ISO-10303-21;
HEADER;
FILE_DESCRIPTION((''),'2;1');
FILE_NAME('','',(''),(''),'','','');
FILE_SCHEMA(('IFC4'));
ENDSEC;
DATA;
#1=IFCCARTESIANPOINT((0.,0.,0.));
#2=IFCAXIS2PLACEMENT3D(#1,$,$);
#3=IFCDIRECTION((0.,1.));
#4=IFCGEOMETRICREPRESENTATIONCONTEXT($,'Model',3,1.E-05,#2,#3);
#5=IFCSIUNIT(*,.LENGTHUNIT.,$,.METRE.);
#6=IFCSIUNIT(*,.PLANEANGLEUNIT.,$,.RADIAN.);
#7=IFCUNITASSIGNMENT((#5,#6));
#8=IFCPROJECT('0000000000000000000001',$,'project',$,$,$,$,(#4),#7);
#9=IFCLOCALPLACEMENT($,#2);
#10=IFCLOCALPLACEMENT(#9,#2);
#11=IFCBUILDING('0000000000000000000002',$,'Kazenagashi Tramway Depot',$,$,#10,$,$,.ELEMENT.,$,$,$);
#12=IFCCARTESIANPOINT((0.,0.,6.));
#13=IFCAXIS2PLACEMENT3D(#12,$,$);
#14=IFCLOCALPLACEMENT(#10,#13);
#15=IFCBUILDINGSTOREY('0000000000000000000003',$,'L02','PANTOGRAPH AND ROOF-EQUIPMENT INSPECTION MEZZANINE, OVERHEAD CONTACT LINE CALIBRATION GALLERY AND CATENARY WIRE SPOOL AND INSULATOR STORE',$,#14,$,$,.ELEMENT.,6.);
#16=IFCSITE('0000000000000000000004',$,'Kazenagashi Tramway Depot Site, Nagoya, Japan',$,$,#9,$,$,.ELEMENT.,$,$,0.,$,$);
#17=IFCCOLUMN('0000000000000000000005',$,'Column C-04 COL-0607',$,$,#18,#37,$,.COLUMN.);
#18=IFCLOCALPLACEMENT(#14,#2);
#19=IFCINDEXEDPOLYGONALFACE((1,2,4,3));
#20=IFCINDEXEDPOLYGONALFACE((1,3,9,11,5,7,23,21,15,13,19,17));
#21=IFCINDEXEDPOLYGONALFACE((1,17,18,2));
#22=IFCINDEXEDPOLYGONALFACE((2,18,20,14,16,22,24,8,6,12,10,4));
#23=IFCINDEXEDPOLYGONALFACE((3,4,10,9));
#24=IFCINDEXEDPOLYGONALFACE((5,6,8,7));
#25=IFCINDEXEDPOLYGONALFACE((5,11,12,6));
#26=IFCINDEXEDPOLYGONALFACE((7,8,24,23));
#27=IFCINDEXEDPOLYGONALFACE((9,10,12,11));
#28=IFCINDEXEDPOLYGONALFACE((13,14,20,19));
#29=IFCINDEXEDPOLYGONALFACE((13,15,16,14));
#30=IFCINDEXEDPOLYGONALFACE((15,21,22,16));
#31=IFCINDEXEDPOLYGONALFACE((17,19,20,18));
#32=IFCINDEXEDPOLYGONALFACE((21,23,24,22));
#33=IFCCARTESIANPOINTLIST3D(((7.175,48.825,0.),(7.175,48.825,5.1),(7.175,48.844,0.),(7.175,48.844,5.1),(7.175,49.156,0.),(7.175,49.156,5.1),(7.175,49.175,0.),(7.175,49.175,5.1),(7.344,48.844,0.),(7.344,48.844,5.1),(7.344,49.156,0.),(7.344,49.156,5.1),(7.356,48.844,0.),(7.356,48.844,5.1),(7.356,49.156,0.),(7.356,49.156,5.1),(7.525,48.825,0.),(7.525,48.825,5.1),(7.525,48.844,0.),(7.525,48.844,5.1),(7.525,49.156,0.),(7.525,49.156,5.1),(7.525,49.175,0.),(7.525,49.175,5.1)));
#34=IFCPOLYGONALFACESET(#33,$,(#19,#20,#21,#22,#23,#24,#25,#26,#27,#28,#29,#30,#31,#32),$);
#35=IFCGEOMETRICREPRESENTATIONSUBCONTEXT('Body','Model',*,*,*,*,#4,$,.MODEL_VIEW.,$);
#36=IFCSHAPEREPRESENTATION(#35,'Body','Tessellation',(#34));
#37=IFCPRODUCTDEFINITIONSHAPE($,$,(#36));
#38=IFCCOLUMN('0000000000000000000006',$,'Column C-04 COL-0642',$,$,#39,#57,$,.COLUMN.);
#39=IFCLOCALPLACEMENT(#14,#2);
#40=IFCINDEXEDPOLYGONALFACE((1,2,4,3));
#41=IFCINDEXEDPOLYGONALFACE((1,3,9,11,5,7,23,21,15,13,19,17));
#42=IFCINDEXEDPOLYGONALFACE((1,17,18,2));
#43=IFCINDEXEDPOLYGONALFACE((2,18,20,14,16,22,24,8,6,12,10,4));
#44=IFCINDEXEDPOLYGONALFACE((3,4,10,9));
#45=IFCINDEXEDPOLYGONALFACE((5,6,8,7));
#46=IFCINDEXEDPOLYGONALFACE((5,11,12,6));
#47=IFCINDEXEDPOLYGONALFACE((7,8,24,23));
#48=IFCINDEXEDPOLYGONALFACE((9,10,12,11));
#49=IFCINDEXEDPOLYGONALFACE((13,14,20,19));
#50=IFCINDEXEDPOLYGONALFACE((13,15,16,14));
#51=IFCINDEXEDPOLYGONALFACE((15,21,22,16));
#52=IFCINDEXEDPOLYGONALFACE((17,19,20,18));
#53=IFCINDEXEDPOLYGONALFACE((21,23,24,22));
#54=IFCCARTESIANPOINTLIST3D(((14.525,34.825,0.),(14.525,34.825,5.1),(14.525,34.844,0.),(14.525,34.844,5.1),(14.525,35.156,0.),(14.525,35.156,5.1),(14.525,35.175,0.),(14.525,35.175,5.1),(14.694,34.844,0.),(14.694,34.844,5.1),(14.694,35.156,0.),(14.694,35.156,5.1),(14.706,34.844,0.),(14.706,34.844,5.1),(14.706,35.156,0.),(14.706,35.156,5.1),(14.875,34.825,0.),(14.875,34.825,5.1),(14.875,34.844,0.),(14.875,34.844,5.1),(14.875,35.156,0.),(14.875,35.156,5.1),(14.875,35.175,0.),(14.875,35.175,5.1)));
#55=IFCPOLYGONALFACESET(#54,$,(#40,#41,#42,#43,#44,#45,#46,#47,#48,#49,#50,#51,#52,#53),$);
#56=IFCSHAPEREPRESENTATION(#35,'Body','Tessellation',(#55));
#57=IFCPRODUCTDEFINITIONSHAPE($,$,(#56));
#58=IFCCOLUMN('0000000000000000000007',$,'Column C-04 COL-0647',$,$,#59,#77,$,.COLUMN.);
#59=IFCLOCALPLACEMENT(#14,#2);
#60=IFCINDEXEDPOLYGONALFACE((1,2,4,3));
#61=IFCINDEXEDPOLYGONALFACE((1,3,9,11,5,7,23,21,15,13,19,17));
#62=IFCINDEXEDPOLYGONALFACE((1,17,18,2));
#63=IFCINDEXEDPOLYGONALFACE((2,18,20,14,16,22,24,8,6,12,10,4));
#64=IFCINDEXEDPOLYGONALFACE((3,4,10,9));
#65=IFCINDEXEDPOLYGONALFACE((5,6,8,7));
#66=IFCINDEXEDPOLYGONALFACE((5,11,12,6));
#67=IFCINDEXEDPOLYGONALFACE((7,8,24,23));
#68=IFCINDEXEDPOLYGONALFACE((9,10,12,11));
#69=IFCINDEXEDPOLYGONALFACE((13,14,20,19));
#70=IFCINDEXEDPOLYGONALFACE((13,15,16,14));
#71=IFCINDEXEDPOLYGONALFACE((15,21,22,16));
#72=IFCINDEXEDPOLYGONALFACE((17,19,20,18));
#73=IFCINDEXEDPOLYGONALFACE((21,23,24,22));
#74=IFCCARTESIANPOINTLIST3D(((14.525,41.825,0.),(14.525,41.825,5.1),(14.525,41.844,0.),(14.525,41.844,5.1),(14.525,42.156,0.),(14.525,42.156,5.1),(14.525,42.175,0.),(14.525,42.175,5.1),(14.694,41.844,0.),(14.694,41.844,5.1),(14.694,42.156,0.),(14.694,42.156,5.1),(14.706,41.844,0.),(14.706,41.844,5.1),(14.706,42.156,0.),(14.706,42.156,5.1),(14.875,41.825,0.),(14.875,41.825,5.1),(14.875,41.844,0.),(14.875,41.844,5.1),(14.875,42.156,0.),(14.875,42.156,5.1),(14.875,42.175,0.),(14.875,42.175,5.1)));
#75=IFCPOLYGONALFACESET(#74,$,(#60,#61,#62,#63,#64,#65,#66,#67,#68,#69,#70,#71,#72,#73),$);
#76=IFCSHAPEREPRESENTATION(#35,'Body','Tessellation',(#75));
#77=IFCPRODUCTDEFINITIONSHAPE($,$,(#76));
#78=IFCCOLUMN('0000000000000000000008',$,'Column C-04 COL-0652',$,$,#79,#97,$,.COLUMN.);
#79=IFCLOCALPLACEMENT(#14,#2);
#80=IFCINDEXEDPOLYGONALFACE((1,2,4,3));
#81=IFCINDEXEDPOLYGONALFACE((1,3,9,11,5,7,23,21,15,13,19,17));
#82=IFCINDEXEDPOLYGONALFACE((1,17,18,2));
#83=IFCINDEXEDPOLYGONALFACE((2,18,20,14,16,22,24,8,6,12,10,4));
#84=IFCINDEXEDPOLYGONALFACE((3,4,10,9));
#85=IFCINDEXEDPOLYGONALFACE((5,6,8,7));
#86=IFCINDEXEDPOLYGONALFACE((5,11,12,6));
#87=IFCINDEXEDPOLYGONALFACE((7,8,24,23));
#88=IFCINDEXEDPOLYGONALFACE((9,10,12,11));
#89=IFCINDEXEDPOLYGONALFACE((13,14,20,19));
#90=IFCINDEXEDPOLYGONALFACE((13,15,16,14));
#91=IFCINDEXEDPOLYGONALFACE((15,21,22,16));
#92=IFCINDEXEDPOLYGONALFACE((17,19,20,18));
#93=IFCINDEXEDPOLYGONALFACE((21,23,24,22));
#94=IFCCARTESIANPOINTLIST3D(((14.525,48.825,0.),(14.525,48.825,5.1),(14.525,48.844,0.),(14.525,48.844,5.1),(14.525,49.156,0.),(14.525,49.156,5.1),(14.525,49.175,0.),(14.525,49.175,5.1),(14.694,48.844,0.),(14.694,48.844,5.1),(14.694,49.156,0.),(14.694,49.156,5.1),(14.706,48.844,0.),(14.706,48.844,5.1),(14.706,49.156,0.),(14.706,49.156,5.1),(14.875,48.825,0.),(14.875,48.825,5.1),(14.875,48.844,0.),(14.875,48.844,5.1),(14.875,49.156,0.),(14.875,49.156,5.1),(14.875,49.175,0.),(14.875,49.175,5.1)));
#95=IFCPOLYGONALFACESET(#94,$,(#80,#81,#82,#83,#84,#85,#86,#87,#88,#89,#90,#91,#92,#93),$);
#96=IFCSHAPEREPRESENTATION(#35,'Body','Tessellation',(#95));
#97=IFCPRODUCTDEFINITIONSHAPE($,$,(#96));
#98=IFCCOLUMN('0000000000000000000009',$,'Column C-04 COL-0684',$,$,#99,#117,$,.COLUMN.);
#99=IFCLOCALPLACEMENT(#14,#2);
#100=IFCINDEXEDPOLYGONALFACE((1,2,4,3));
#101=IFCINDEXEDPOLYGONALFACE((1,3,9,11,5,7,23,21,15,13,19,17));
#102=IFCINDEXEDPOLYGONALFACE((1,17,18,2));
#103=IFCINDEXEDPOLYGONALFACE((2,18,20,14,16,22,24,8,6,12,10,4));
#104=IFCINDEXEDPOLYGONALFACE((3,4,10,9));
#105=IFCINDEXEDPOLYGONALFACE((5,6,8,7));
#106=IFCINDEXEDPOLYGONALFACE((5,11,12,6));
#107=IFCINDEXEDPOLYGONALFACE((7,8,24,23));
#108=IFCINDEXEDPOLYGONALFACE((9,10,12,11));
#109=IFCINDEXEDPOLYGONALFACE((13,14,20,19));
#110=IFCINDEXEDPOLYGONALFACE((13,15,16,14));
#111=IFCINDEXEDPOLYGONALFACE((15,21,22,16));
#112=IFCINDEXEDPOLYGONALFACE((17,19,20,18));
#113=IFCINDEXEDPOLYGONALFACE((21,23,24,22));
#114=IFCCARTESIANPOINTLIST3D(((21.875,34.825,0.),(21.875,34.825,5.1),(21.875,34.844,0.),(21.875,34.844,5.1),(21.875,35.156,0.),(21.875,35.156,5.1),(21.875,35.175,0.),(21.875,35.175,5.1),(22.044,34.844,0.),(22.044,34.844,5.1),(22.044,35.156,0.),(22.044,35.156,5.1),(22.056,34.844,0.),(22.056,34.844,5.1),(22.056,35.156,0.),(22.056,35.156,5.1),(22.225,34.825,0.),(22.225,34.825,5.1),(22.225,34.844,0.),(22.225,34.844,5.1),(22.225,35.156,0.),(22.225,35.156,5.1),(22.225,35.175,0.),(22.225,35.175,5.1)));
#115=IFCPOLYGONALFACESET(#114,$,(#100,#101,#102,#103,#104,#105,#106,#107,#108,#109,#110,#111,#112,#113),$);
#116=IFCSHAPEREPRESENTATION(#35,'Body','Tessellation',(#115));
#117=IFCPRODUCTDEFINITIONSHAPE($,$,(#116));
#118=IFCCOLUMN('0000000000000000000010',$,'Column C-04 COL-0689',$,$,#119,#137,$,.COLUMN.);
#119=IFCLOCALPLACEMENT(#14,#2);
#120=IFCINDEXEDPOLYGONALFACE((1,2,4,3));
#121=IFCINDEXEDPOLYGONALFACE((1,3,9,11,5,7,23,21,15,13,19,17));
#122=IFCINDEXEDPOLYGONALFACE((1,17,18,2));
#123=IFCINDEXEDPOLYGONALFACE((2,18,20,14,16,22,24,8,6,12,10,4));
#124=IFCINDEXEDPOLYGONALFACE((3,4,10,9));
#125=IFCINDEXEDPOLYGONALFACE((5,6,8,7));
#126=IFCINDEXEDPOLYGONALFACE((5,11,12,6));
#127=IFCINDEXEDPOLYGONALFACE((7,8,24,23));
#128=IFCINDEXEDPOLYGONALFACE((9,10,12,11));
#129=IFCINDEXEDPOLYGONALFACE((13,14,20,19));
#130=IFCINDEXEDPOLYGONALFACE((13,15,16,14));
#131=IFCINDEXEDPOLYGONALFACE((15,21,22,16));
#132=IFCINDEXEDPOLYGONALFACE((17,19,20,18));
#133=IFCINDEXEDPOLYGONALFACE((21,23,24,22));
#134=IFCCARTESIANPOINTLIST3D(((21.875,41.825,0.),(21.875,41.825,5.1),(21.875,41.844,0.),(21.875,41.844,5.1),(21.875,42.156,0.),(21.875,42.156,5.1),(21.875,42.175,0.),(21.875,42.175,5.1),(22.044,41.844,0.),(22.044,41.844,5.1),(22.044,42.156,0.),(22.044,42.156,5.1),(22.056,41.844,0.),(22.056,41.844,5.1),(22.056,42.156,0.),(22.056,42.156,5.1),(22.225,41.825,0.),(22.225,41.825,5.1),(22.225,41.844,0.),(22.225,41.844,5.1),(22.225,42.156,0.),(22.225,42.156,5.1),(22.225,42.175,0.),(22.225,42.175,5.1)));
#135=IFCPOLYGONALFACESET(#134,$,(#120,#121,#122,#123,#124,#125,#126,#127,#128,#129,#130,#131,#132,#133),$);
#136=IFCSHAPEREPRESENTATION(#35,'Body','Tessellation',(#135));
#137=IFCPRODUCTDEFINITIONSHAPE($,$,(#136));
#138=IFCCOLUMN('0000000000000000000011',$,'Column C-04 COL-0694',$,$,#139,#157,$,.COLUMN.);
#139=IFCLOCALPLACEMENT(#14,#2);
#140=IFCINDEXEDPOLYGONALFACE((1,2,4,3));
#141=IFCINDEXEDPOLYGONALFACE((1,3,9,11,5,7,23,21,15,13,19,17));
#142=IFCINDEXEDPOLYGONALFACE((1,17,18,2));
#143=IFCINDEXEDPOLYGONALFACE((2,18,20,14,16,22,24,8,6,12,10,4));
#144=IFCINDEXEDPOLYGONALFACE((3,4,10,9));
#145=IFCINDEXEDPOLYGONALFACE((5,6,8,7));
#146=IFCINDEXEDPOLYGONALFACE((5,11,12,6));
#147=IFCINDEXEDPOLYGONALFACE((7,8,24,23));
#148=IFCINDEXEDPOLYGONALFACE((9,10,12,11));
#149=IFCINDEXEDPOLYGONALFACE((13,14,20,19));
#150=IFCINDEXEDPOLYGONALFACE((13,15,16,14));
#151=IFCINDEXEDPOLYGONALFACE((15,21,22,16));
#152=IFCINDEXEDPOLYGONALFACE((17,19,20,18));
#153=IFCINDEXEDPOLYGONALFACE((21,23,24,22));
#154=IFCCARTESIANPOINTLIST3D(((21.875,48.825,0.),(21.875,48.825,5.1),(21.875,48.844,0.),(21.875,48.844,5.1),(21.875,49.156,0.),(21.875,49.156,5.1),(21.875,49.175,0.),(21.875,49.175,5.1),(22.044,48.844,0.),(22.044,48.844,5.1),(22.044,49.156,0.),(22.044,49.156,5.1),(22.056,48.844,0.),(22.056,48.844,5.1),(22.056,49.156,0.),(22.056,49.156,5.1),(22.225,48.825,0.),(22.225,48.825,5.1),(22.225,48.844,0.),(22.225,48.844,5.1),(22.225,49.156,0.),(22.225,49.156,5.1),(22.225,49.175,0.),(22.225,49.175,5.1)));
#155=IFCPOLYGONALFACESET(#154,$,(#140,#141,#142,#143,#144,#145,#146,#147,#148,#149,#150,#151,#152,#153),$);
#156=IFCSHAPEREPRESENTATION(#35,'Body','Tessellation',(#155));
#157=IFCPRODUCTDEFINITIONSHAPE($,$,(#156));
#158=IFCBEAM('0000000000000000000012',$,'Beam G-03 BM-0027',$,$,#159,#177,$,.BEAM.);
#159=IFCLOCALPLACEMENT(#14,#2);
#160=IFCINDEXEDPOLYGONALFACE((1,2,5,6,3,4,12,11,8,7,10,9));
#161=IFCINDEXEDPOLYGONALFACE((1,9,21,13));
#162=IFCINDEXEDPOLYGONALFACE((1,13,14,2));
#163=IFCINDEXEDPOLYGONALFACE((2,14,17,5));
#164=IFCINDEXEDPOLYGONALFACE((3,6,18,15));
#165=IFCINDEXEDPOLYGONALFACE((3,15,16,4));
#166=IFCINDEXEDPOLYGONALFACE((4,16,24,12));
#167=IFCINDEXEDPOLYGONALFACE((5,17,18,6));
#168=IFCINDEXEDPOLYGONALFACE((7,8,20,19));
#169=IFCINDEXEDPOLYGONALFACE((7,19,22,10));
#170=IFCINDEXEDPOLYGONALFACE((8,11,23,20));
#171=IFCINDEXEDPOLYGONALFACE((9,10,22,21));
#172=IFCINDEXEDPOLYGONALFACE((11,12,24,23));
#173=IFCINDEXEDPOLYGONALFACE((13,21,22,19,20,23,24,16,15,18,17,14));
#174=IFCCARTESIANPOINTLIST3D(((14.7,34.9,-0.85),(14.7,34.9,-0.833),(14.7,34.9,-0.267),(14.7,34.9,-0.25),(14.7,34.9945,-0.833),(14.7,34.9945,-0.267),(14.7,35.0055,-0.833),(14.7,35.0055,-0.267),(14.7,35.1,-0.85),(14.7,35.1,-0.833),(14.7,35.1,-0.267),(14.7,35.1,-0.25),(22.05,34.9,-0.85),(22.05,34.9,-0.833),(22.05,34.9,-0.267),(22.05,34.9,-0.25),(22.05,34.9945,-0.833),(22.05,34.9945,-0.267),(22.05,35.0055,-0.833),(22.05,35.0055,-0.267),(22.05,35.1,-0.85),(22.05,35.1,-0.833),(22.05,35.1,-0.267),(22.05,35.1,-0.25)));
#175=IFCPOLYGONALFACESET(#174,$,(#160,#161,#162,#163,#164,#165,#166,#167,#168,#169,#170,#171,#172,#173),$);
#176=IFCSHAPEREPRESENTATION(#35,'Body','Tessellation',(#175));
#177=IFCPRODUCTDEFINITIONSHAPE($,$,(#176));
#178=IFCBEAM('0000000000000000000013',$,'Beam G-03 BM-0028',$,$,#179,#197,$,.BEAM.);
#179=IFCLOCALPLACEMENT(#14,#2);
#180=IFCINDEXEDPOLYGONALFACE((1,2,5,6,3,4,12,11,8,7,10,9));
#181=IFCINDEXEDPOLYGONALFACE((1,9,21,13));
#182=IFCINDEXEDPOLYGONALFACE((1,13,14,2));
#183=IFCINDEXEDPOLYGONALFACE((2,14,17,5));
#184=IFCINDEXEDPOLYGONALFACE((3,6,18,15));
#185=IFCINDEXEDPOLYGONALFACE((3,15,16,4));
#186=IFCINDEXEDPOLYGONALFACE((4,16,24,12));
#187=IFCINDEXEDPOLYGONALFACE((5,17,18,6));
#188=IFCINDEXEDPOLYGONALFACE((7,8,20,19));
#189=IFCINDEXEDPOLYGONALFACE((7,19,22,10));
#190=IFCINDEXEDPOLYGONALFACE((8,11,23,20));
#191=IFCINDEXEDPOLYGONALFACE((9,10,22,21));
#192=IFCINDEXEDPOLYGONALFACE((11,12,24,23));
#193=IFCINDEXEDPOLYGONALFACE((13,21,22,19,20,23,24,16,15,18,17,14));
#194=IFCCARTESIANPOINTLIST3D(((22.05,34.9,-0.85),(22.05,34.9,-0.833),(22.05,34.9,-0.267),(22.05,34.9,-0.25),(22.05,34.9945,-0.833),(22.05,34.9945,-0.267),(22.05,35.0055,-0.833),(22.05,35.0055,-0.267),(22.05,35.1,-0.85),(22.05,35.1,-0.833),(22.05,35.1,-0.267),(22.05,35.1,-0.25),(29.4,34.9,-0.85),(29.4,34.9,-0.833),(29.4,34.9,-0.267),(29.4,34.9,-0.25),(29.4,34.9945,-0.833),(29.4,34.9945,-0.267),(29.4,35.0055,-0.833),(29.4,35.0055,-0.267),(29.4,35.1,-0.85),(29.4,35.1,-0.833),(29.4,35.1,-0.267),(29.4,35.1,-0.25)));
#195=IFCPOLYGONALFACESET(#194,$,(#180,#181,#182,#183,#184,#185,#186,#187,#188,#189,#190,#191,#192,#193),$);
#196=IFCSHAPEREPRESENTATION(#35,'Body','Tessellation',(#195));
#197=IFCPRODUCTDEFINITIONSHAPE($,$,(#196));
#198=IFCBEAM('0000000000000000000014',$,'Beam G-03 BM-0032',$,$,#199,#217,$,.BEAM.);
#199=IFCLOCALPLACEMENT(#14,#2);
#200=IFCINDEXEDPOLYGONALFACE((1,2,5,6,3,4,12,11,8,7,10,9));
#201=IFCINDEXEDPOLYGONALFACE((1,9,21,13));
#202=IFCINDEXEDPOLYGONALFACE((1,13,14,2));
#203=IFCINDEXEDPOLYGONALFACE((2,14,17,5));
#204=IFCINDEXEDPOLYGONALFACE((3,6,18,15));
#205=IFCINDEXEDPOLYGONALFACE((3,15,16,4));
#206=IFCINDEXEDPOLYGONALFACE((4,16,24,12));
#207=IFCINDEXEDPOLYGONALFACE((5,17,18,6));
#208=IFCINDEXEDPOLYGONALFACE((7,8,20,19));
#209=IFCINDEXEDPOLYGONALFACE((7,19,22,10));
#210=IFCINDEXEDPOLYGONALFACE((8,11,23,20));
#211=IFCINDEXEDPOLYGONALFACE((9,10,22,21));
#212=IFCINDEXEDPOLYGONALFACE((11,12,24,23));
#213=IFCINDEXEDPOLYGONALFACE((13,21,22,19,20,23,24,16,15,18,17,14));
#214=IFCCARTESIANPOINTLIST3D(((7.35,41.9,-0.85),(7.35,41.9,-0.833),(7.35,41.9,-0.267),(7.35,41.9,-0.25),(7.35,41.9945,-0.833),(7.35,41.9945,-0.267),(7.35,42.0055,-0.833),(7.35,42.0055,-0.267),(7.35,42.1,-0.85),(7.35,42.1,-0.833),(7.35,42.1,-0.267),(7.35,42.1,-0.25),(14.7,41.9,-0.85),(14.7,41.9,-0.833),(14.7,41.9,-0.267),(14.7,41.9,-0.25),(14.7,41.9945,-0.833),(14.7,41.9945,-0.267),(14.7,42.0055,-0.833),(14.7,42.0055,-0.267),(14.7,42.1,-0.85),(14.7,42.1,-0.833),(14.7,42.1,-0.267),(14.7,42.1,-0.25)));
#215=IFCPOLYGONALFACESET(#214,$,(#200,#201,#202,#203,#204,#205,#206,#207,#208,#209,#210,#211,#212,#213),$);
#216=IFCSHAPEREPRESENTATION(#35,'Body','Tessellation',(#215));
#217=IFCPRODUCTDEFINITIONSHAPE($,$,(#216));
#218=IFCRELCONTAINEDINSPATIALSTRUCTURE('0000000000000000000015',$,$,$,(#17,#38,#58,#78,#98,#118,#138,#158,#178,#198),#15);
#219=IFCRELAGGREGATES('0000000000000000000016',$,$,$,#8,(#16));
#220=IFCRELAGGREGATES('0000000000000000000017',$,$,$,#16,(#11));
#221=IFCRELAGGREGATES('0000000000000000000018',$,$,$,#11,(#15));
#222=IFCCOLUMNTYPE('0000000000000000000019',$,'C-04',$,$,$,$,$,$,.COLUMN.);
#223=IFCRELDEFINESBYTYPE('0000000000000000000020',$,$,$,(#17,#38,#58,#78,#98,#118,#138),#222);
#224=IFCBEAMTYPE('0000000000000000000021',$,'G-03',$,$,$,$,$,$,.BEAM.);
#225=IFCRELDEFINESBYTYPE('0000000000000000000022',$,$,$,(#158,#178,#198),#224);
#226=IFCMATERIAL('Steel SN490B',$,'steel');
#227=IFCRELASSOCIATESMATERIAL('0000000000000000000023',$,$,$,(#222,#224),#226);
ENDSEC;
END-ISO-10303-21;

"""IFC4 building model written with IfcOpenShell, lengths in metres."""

from ifc_helpers import new_model, si_unit, direction, frame, origin, origin_2d, place, context, subcontext, project, spatial, i_section, extrude, material, material_profile, profile_set, type_object, element, save


model = new_model("IFC4")

# Units and contexts
model_context = context("Model", 3, precision=1e-05, world=origin(), true_north=direction((0.0, 1.0)))
body_context = subcontext(model_context, "Body", "Model", "MODEL_VIEW")
ifc_project = project(units=[si_unit("LENGTHUNIT", "METRE"), si_unit("PLANEANGLEUNIT", "RADIAN")], contexts=[model_context])

# Site, building, storey
site_placement = place(None, origin())
site = spatial("IfcSite", under=ifc_project, at=site_placement, Name="Kazenagashi Tramway Depot Site, Nagoya, Japan", CompositionType="ELEMENT", RefElevation=0.0)
building_placement = place(site_placement, origin())
building = spatial("IfcBuilding", under=site, at=building_placement, Name="Kazenagashi Tramway Depot", CompositionType="ELEMENT")
storey_placement = place(building_placement, frame((0.0, 0.0, 6.0)))
storey = spatial("IfcBuildingStorey", under=building, at=storey_placement, Name="L02", Description="PANTOGRAPH AND ROOF-EQUIPMENT INSPECTION MEZZANINE, OVERHEAD CONTACT LINE CALIBRATION GALLERY AND CATENARY WIRE SPOOL AND INSULATOR STORE", CompositionType="ELEMENT", Elevation=6.0)

# Columns
ifc_material_1 = material(Name="Steel SN490B", Category="steel")
ifc_material_profile_1 = material_profile(ifc_material_1, i_section(OverallWidth=0.35, OverallDepth=0.35, WebThickness=0.012, FlangeThickness=0.019, at=origin_2d()), Name="H-350x350x12x19")
ifc_profile_set_1 = profile_set([ifc_material_profile_1], Name="Steel SN490B")
column_type = type_object("IfcColumnType", Name="C-04", PredefinedType="COLUMN", material=ifc_profile_set_1)
for number, where, z_axis, x_axis, name in (
    (1, (7.35, 49.0, 0.0), (0.0, 0.0, 1.0), (1.0, 0.0, 0.0), "Column C-04 COL-0607"),
    (2, (14.7, 35.0, 0.0), (0.0, 0.0, 1.0), (1.0, 0.0, 0.0), "Column C-04 COL-0642"),
    (3, (14.7, 42.0, 0.0), (0.0, 0.0, 1.0), (1.0, 0.0, 0.0), "Column C-04 COL-0647"),
    (4, (14.7, 49.0, 0.0), (0.0, 0.0, 1.0), (1.0, 0.0, 0.0), "Column C-04 COL-0652"),
    (5, (22.05, 35.0, 0.0), (0.0, 0.0, 1.0), (1.0, 0.0, 0.0), "Column C-04 COL-0684"),
    (6, (22.05, 42.0, 0.0), (0.0, 0.0, 1.0), (1.0, 0.0, 0.0), "Column C-04 COL-0689"),
    (7, (22.05, 49.0, 0.0), (0.0, 0.0, 1.0), (1.0, 0.0, 0.0), "Column C-04 COL-0694"),
):
    element("IfcColumn", number, at=place(storey_placement, frame(where, z_axis=z_axis, x_axis=x_axis)), inside=storey, type_object=column_type, Name=name, PredefinedType="COLUMN", context=body_context, shape_type="SweptSolid", body=[
        extrude(i_section(OverallWidth=0.35, OverallDepth=0.35, WebThickness=0.012, FlangeThickness=0.019, at=origin_2d()), origin(), (0.0, 0.0, 1.0), 5.1),
    ])

# Beams
ifc_material_profile_2 = material_profile(ifc_material_1, i_section(OverallWidth=0.2, OverallDepth=0.6, WebThickness=0.011, FlangeThickness=0.017, at=origin_2d()), Name="H-600x200x11x17")
ifc_profile_set_2 = profile_set([ifc_material_profile_2], Name="Steel SN490B")
beam_type_1 = type_object("IfcBeamType", Name="G-03", PredefinedType="BEAM", material=ifc_profile_set_2)
for number, where, z_axis, x_axis, name in (
    (8, (14.7, 35.0, -0.55), (1.0, 0.0, 0.0), (0.0, 1.0, 0.0), "Beam G-03 BM-0027"),
    (9, (22.05, 35.0, -0.55), (1.0, 0.0, 0.0), (0.0, 1.0, 0.0), "Beam G-03 BM-0028"),
    (10, (7.35, 42.0, -0.55), (1.0, 0.0, 0.0), (0.0, 1.0, 0.0), "Beam G-03 BM-0032"),
):
    element("IfcBeam", number, at=place(storey_placement, frame(where, z_axis=z_axis, x_axis=x_axis)), inside=storey, type_object=beam_type_1, Name=name, PredefinedType="BEAM", context=body_context, shape_type="SweptSolid", body=[
        extrude(i_section(OverallWidth=0.2, OverallDepth=0.6, WebThickness=0.011, FlangeThickness=0.017, at=origin_2d()), origin(), (0.0, 0.0, 1.0), 7.35),
    ])

save(model, "model.ifc")
